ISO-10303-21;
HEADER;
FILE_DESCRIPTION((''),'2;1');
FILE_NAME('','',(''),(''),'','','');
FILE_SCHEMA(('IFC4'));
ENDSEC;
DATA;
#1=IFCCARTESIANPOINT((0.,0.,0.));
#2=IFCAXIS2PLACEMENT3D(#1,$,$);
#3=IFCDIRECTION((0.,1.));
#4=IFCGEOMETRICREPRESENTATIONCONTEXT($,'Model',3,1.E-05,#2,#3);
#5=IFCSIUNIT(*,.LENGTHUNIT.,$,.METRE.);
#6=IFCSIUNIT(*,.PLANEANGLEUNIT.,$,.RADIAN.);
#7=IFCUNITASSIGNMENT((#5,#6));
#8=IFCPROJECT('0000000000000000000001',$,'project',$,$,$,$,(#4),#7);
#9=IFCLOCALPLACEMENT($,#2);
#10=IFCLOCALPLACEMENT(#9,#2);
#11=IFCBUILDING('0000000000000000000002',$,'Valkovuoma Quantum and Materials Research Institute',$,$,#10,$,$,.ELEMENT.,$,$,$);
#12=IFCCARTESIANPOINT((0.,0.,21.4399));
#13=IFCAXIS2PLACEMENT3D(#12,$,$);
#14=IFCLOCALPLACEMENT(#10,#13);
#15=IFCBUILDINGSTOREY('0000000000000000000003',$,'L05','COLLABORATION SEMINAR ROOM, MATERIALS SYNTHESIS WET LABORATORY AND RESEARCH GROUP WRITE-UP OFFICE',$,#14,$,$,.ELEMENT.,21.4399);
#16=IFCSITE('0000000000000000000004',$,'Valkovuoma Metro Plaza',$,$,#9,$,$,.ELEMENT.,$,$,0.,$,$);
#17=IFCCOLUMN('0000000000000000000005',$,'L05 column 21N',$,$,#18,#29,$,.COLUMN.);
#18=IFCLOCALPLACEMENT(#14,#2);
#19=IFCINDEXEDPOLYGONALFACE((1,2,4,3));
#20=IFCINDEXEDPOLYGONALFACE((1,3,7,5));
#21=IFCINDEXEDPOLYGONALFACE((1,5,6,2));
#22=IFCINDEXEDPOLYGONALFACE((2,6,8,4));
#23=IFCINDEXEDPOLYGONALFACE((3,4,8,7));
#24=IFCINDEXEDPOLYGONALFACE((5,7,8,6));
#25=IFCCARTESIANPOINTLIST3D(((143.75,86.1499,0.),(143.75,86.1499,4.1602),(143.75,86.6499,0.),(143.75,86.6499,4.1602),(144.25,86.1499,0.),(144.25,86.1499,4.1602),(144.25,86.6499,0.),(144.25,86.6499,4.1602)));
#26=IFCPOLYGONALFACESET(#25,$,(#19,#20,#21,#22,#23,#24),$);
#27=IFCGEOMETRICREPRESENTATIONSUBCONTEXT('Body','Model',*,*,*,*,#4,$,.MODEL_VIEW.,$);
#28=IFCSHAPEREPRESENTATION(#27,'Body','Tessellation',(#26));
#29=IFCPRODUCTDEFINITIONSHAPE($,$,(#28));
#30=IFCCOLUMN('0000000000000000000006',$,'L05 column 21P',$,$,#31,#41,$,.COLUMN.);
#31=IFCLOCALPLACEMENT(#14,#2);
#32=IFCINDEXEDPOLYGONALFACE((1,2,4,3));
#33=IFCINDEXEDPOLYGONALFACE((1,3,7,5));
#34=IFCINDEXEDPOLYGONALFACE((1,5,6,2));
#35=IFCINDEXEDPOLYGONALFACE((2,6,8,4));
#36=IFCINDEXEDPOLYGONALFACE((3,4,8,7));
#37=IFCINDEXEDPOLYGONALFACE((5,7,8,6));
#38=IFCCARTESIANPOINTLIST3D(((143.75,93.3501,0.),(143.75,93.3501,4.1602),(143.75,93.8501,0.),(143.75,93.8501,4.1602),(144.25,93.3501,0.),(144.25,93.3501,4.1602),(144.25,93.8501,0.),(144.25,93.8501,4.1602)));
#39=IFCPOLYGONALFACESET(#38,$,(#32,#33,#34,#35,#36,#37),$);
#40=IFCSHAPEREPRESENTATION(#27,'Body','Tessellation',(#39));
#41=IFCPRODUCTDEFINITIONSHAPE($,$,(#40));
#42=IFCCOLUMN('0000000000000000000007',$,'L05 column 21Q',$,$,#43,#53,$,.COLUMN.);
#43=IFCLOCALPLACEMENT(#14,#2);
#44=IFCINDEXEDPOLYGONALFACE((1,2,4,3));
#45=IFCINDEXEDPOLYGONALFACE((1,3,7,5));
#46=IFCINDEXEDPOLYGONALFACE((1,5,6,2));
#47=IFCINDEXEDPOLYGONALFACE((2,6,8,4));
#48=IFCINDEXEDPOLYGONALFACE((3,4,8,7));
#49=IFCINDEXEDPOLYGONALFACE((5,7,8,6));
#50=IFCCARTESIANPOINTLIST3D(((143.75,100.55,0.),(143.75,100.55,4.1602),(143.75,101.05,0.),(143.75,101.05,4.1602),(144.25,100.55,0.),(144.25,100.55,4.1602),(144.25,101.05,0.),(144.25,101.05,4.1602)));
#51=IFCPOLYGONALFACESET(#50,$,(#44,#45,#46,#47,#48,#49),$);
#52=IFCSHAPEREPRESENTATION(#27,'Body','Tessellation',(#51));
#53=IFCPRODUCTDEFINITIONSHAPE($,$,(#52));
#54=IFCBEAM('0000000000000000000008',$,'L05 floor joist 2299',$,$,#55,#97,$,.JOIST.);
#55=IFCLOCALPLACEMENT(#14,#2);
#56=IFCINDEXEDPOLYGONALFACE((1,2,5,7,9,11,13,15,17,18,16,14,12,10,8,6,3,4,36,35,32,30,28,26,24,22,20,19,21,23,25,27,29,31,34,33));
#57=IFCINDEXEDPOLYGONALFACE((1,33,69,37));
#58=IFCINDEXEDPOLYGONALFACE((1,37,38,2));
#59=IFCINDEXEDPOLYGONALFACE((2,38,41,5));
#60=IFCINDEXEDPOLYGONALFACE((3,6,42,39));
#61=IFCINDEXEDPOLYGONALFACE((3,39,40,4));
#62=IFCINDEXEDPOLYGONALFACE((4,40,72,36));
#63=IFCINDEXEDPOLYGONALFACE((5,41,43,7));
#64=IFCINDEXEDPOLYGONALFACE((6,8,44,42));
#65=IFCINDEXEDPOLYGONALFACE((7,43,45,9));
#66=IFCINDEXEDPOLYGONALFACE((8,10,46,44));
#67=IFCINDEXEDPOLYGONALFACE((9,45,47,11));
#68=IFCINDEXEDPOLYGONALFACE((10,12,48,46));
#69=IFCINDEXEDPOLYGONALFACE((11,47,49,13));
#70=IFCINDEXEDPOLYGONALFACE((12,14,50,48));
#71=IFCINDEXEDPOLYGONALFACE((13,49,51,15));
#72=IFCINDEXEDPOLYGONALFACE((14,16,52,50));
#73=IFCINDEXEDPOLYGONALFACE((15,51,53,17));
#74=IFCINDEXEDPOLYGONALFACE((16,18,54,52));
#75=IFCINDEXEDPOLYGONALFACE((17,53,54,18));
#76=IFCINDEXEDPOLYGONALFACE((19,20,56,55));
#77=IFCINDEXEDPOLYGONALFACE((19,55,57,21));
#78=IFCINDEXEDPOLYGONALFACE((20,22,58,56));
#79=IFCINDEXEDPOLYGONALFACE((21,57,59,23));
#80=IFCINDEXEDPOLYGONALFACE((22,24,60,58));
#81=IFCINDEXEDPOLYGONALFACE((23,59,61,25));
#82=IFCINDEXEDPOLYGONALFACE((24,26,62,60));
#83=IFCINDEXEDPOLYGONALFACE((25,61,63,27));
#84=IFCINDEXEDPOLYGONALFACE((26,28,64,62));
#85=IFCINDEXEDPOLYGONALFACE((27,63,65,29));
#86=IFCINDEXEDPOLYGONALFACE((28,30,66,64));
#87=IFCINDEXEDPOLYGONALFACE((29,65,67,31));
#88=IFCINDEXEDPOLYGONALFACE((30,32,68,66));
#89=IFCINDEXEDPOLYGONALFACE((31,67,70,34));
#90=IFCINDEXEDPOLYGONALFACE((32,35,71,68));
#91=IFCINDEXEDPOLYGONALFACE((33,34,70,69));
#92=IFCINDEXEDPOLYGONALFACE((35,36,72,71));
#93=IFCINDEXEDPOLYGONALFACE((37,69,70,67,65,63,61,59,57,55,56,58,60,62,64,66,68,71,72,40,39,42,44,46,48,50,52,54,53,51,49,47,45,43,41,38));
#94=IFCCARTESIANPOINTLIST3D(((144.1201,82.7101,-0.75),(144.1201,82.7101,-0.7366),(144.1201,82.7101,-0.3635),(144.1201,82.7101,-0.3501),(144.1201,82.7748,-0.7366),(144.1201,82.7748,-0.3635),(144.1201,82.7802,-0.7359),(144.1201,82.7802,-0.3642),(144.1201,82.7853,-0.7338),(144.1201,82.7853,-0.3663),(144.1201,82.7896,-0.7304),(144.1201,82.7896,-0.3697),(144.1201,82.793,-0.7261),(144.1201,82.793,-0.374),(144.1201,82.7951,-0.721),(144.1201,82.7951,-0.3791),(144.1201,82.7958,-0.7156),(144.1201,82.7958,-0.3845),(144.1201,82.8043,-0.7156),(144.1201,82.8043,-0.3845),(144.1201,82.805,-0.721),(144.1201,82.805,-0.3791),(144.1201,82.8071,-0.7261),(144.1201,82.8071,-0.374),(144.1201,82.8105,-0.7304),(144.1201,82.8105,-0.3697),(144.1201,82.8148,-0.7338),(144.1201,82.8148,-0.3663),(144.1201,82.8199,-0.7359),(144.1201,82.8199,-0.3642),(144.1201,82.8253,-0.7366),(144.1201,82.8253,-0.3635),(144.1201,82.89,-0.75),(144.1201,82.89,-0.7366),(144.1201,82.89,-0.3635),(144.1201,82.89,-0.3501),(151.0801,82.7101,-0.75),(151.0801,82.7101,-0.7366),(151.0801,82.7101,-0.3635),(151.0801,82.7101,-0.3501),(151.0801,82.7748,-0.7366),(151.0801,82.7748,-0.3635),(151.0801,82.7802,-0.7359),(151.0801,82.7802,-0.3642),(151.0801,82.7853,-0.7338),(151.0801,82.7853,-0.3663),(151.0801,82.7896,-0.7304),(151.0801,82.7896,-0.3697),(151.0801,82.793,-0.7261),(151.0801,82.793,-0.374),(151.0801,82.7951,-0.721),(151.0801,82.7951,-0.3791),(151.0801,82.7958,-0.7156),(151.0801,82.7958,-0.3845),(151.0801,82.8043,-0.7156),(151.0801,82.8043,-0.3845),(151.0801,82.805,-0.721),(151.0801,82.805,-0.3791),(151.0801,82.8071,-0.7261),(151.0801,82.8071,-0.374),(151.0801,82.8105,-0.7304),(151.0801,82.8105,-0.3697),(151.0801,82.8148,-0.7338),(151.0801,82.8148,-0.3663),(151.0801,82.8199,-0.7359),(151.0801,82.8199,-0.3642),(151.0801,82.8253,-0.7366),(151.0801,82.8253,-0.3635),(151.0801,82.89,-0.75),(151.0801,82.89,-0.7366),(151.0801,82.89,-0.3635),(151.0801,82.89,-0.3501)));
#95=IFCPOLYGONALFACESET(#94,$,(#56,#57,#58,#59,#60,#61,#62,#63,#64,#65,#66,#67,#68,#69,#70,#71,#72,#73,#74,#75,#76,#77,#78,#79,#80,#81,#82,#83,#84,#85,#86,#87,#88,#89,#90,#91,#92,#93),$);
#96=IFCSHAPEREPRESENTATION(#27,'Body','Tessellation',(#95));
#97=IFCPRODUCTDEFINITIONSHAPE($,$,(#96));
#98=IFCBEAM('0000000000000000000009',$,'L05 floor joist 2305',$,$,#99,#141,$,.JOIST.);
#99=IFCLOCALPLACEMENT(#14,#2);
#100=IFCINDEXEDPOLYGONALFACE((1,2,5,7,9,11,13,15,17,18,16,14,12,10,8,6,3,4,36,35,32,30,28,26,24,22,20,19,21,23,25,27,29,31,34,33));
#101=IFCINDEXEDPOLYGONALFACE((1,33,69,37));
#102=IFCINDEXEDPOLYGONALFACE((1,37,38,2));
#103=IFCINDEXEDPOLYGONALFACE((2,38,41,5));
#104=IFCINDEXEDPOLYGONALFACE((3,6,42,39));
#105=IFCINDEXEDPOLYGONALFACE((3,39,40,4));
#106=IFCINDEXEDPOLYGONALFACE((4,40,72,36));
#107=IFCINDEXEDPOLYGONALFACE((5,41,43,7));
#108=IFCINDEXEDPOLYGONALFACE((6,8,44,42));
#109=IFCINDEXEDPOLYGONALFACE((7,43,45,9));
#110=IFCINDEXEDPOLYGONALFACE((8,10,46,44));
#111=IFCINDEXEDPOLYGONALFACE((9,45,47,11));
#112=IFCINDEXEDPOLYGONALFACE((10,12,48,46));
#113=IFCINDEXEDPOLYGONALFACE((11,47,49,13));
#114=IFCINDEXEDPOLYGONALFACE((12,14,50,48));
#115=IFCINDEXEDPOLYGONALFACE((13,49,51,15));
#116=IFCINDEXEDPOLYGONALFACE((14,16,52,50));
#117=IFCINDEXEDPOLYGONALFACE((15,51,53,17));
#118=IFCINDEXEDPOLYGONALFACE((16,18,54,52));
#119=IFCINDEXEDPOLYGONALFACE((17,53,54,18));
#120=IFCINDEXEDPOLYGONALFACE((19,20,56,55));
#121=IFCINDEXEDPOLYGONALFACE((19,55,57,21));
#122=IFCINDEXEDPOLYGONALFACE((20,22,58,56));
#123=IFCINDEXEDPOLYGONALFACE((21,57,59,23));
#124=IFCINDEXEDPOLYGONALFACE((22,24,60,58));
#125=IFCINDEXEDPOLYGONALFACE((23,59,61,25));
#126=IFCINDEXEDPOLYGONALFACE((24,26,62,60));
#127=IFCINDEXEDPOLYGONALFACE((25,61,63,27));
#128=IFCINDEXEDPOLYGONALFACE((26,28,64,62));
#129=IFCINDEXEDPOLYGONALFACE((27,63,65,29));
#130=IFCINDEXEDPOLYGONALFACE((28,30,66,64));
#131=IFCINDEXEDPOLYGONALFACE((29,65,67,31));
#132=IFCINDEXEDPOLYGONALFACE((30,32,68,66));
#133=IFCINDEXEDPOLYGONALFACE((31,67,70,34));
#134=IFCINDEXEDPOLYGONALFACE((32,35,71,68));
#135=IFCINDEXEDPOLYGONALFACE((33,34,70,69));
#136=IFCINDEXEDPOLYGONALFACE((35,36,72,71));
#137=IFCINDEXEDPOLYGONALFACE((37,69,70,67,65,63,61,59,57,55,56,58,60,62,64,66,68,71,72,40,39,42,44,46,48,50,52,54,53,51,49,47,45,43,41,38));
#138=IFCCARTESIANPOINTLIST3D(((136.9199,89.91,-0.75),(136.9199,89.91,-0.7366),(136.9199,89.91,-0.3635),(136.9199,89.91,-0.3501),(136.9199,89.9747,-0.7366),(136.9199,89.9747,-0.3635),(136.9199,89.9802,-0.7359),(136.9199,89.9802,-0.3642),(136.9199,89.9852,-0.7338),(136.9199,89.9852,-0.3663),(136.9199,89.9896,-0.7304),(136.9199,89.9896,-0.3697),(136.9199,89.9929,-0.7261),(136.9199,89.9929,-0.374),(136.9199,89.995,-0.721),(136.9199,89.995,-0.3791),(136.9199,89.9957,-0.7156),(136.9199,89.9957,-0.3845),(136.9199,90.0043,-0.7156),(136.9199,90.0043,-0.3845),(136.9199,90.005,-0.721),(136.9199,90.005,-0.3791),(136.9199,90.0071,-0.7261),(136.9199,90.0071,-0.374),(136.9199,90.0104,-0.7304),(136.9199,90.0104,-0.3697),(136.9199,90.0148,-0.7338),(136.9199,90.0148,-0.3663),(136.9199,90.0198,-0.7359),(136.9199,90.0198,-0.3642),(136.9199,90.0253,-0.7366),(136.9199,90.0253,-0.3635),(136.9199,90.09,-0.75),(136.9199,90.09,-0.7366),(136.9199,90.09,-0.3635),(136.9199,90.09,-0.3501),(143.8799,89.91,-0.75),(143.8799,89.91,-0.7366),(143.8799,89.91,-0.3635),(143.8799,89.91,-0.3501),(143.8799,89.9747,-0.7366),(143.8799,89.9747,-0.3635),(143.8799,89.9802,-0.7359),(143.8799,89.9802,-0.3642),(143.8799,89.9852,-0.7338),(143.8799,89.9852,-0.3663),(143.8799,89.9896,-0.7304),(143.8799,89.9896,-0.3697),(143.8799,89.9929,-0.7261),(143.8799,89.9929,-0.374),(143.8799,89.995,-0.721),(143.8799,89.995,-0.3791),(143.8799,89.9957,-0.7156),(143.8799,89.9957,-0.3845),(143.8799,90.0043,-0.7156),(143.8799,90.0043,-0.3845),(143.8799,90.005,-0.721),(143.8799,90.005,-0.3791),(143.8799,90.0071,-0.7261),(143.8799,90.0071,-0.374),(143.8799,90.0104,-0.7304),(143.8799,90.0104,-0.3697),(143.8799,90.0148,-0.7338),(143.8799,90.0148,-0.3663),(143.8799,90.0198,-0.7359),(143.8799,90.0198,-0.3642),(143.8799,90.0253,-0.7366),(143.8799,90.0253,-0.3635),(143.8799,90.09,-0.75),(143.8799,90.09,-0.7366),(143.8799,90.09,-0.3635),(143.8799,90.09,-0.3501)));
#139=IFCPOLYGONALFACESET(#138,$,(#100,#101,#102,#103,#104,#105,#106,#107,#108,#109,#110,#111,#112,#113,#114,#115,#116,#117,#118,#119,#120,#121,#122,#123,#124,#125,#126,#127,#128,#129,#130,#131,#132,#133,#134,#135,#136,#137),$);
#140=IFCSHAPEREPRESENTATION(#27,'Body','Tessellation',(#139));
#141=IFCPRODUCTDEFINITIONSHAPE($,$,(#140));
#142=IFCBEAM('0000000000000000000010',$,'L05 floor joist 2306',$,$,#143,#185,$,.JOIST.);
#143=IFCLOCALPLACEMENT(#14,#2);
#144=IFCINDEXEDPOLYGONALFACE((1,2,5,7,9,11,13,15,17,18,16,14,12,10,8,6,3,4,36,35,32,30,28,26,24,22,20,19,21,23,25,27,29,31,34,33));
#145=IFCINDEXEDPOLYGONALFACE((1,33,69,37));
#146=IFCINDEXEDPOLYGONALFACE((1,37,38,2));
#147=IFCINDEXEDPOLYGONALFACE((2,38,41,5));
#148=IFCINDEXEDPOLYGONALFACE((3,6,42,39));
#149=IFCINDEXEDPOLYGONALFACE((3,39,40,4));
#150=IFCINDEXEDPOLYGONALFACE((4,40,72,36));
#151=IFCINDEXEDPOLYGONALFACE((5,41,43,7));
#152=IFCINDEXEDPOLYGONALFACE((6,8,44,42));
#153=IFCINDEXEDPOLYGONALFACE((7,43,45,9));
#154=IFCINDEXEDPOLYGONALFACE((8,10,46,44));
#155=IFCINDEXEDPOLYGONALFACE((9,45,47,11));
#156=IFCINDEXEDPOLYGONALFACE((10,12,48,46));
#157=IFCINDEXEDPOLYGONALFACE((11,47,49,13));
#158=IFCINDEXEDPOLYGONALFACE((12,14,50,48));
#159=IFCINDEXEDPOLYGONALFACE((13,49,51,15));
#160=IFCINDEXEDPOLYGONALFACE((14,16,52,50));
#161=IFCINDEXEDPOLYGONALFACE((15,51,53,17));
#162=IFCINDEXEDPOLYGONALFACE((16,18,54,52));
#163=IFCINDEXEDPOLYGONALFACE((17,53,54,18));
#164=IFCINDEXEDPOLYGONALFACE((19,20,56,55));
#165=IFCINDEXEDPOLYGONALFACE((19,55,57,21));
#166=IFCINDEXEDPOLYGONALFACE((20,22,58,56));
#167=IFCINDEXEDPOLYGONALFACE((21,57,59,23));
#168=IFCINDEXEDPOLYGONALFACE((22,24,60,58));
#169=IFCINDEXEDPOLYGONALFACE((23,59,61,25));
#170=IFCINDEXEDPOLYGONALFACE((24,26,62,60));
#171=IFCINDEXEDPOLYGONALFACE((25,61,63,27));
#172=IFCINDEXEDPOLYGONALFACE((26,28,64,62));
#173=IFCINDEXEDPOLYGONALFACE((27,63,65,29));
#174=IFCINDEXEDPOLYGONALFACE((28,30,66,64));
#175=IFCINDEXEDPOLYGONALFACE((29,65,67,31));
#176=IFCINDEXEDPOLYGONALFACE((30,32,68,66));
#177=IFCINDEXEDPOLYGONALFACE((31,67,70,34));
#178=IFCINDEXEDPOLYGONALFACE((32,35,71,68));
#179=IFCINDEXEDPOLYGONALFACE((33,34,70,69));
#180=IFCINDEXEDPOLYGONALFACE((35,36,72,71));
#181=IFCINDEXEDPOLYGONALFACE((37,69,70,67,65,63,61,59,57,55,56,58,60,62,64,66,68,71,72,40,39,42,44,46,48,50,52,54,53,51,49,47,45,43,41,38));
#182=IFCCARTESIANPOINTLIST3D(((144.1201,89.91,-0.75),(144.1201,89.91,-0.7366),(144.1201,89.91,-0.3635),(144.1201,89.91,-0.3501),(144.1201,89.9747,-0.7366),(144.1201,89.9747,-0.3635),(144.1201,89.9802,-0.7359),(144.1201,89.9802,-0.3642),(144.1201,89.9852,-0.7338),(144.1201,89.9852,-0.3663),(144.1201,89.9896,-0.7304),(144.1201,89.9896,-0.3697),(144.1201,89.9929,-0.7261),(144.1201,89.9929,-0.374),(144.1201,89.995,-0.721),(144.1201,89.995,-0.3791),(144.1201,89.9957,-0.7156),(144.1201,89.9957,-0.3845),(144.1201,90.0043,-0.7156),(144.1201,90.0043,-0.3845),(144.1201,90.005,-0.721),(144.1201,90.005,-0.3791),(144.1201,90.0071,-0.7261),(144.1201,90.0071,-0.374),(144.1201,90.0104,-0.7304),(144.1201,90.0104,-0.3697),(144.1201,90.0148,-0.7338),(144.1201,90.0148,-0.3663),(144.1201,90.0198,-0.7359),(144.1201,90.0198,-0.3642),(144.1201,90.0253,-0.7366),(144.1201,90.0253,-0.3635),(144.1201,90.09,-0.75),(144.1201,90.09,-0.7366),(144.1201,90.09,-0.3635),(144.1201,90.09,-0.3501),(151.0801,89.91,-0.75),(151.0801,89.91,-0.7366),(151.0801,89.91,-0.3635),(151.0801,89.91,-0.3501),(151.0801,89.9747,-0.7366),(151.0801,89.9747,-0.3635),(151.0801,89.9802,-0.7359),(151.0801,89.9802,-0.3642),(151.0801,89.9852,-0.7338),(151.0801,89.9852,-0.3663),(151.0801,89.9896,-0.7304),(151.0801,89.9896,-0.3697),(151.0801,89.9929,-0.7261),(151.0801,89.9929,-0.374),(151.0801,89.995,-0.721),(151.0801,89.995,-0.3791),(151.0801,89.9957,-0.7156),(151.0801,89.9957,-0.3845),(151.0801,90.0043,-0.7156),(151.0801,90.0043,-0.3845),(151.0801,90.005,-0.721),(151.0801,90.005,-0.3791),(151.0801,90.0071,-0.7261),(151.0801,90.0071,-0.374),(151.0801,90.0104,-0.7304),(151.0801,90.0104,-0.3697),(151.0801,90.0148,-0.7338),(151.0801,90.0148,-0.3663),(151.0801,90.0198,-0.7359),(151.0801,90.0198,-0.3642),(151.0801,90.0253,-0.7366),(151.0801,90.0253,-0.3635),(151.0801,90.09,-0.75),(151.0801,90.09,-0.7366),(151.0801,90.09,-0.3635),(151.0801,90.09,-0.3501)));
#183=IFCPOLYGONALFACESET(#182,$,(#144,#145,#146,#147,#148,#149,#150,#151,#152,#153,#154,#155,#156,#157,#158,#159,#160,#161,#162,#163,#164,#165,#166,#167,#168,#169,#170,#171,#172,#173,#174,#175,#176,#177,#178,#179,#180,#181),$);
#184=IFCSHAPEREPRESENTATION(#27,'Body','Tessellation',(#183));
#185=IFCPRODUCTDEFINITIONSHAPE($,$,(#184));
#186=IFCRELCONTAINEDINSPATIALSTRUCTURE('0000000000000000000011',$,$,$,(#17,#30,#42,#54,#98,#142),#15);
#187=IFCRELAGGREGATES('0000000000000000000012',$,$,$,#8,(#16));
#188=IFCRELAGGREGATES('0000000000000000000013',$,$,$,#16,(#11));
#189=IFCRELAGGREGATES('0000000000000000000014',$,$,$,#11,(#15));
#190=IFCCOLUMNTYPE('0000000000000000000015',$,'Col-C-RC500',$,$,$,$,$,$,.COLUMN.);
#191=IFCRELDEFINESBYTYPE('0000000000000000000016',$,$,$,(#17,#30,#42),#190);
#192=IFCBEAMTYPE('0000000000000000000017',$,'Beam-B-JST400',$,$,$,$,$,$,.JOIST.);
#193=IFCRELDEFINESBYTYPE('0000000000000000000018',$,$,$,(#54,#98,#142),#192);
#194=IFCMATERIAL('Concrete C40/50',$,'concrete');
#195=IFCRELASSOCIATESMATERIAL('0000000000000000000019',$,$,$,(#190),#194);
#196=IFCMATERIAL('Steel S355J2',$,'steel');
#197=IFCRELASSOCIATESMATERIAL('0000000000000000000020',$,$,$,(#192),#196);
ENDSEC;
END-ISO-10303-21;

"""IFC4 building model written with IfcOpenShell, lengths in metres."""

from ifc_helpers import new_model, si_unit, direction, frame, origin, origin_2d, place, context, subcontext, project, spatial, rectangle, i_section, extrude, material, material_profile, profile_set, type_object, element, save


model = new_model("IFC4")

# Units and contexts
model_context = context("Model", 3, precision=1e-05, world=origin(), true_north=direction((0.0, 1.0)))
body_context = subcontext(model_context, "Body", "Model", "MODEL_VIEW")
ifc_project = project(units=[si_unit("LENGTHUNIT", "METRE"), si_unit("PLANEANGLEUNIT", "RADIAN")], contexts=[model_context])

# Site, building, storey
site_placement = place(None, origin())
site = spatial("IfcSite", under=ifc_project, at=site_placement, Name="Valkovuoma Metro Plaza", CompositionType="ELEMENT", RefElevation=0.0)
building_placement = place(site_placement, origin())
building = spatial("IfcBuilding", under=site, at=building_placement, Name="Valkovuoma Quantum and Materials Research Institute", CompositionType="ELEMENT")
storey_placement = place(building_placement, frame((0.0, 0.0, 21.4399)))
storey = spatial("IfcBuildingStorey", under=building, at=storey_placement, Name="L05", Description="COLLABORATION SEMINAR ROOM, MATERIALS SYNTHESIS WET LABORATORY AND RESEARCH GROUP WRITE-UP OFFICE", CompositionType="ELEMENT", Elevation=21.4399)

# Columns
ifc_material_1 = material(Name="Concrete C40/50", Category="concrete")
ifc_material_profile_1 = material_profile(ifc_material_1, rectangle(XDim=0.5, YDim=0.5, at=origin_2d()), Name="Concrete C40/50")
ifc_profile_set_1 = profile_set([ifc_material_profile_1], Name="Concrete C40/50")
column_type = type_object("IfcColumnType", Name="Col-C-RC500", PredefinedType="COLUMN", material=ifc_profile_set_1)
for number, where, z_axis, x_axis, name in (
    (1, (144.0, 86.3999, 0.0), (0.0, 0.0, 1.0), (1.0, 0.0, 0.0), "L05 column 21N"),
    (2, (144.0, 93.6001, 0.0), (0.0, 0.0, 1.0), (1.0, 0.0, 0.0), "L05 column 21P"),
    (3, (144.0, 100.8, 0.0), (0.0, 0.0, 1.0), (1.0, 0.0, 0.0), "L05 column 21Q"),
):
    element("IfcColumn", number, at=place(storey_placement, frame(where, z_axis=z_axis, x_axis=x_axis)), inside=storey, type_object=column_type, Name=name, PredefinedType="COLUMN", context=body_context, shape_type="SweptSolid", body=[
        extrude(rectangle(XDim=0.5, YDim=0.5, at=origin_2d()), origin(), (0.0, 0.0, 1.0), 4.1602),
    ])

# Beams
ifc_material_2 = material(Name="Steel S355J2", Category="steel")
ifc_material_profile_2 = material_profile(ifc_material_2, i_section(OverallWidth=0.1799, OverallDepth=0.3999, WebThickness=0.0085, FlangeThickness=0.0134, FilletRadius=0.021, at=origin_2d()), Name="Steel S355J2")
ifc_profile_set_2 = profile_set([ifc_material_profile_2], Name="Steel S355J2")
beam_type_1 = type_object("IfcBeamType", Name="Beam-B-JST400", PredefinedType="JOIST", material=ifc_profile_set_2)
for number, where, z_axis, x_axis, name in (
    (4, (144.1201, 82.8, -0.55), (1.0, 0.0, 0.0), (0.0, 1.0, 0.0), "L05 floor joist 2299"),
    (5, (136.9199, 90.0, -0.55), (1.0, 0.0, 0.0), (0.0, 1.0, 0.0), "L05 floor joist 2305"),
    (6, (144.1201, 90.0, -0.55), (1.0, 0.0, 0.0), (0.0, 1.0, 0.0), "L05 floor joist 2306"),
):
    element("IfcBeam", number, at=place(storey_placement, frame(where, z_axis=z_axis, x_axis=x_axis)), inside=storey, type_object=beam_type_1, Name=name, PredefinedType="JOIST", context=body_context, shape_type="SweptSolid", body=[
        extrude(i_section(OverallWidth=0.1799, OverallDepth=0.3999, WebThickness=0.0085, FlangeThickness=0.0134, FilletRadius=0.021, at=origin_2d()), origin(), (0.0, 0.0, 1.0), 6.96),
    ])

save(model, "model.ifc")
